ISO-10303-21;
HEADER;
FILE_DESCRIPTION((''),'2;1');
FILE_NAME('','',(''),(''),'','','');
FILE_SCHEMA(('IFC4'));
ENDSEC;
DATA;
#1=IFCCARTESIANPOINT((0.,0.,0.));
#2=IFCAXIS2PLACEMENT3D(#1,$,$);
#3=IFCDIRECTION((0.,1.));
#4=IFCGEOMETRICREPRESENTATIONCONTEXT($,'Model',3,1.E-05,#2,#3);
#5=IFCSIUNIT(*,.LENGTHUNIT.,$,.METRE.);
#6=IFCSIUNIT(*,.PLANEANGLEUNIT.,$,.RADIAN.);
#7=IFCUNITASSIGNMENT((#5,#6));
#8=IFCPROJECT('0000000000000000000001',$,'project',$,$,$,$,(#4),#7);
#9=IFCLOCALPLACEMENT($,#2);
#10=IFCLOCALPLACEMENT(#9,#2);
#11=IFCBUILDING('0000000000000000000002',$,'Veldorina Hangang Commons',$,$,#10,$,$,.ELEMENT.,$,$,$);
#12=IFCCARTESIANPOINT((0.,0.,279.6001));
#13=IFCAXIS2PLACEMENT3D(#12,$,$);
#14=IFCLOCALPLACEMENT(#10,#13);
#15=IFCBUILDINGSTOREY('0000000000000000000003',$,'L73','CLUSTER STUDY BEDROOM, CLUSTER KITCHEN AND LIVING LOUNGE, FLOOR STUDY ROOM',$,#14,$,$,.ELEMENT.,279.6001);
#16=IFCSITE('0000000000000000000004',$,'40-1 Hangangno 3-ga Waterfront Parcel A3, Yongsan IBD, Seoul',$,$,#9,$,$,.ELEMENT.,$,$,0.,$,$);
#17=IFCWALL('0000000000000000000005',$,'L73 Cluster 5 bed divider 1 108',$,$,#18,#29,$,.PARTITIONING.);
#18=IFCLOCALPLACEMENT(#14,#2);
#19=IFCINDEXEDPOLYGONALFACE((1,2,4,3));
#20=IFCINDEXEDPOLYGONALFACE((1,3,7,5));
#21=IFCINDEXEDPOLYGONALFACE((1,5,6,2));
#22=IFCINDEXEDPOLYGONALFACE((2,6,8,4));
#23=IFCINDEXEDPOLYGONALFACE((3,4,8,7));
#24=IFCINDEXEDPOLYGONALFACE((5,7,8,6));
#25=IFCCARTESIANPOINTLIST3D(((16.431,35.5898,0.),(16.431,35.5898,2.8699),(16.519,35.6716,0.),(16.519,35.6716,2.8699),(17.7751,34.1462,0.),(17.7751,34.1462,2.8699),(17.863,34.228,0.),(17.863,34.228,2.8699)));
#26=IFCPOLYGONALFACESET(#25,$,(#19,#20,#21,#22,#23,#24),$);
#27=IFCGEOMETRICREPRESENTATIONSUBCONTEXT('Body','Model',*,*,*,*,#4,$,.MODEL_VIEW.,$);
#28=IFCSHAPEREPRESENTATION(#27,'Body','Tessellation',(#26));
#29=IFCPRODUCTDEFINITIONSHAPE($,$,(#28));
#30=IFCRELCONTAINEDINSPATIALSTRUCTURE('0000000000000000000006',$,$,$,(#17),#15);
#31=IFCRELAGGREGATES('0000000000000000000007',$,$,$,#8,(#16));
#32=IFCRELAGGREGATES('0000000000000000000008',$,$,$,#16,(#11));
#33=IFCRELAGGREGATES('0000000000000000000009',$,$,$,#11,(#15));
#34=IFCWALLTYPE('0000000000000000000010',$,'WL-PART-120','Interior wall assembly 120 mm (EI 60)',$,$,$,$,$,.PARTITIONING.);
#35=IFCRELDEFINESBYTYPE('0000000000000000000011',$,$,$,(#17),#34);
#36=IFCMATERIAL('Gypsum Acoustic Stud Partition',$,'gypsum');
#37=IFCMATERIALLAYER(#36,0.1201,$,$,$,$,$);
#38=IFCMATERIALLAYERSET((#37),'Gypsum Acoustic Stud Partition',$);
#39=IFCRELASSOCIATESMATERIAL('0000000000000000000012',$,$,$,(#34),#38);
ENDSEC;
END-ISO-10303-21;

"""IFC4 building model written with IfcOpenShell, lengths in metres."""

from ifc_helpers import new_model, si_unit, direction, frame, frame_2d, origin, place, context, subcontext, project, spatial, rectangle, extrude, material, layer, layer_set, type_object, element, save


model = new_model("IFC4")

# Units and contexts
model_context = context("Model", 3, precision=1e-05, world=origin(), true_north=direction((0.0, 1.0)))
body_context = subcontext(model_context, "Body", "Model", "MODEL_VIEW")
ifc_project = project(units=[si_unit("LENGTHUNIT", "METRE"), si_unit("PLANEANGLEUNIT", "RADIAN")], contexts=[model_context])

# Site, building, storey
site_placement = place(None, origin())
site = spatial("IfcSite", under=ifc_project, at=site_placement, Name="40-1 Hangangno 3-ga Waterfront Parcel A3, Yongsan IBD, Seoul", CompositionType="ELEMENT", RefElevation=0.0)
building_placement = place(site_placement, origin())
building = spatial("IfcBuilding", under=site, at=building_placement, Name="Veldorina Hangang Commons", CompositionType="ELEMENT")
storey_placement = place(building_placement, frame((0.0, 0.0, 279.6001)))
storey = spatial("IfcBuildingStorey", under=building, at=storey_placement, Name="L73", Description="CLUSTER STUDY BEDROOM, CLUSTER KITCHEN AND LIVING LOUNGE, FLOOR STUDY ROOM", CompositionType="ELEMENT", Elevation=279.6001)

# Shared definitions
ifc_material_1 = material(Name="Gypsum Acoustic Stud Partition", Category="gypsum")
ifc_layer_1 = layer(ifc_material_1, 0.1201)
ifc_layer_set_1 = layer_set([ifc_layer_1], Name="Gypsum Acoustic Stud Partition")
wall_type_1 = type_object("IfcWallType", Name="WL-PART-120", Description="Interior wall assembly 120 mm (EI 60)", PredefinedType="PARTITIONING", material=ifc_layer_set_1)

# Wall
wall_1_placement = place(storey_placement, frame((17.8191, 34.187, 0.0), z_axis=(0.0, 0.0, 1.0), x_axis=(-0.681405, 0.731907, 0.0)))
element("IfcWall", 1, at=wall_1_placement, inside=storey, type_object=wall_type_1, Name="L73 Cluster 5 bed divider 1 108", PredefinedType="PARTITIONING", context=body_context, shape_type="SweptSolid", body=[
    extrude(rectangle(XDim=1.9724, YDim=0.1201, at=frame_2d((0.9863, 0.0))), origin(), (0.0, 0.0, 1.0), 2.8699),
])

save(model, "model.ifc")
